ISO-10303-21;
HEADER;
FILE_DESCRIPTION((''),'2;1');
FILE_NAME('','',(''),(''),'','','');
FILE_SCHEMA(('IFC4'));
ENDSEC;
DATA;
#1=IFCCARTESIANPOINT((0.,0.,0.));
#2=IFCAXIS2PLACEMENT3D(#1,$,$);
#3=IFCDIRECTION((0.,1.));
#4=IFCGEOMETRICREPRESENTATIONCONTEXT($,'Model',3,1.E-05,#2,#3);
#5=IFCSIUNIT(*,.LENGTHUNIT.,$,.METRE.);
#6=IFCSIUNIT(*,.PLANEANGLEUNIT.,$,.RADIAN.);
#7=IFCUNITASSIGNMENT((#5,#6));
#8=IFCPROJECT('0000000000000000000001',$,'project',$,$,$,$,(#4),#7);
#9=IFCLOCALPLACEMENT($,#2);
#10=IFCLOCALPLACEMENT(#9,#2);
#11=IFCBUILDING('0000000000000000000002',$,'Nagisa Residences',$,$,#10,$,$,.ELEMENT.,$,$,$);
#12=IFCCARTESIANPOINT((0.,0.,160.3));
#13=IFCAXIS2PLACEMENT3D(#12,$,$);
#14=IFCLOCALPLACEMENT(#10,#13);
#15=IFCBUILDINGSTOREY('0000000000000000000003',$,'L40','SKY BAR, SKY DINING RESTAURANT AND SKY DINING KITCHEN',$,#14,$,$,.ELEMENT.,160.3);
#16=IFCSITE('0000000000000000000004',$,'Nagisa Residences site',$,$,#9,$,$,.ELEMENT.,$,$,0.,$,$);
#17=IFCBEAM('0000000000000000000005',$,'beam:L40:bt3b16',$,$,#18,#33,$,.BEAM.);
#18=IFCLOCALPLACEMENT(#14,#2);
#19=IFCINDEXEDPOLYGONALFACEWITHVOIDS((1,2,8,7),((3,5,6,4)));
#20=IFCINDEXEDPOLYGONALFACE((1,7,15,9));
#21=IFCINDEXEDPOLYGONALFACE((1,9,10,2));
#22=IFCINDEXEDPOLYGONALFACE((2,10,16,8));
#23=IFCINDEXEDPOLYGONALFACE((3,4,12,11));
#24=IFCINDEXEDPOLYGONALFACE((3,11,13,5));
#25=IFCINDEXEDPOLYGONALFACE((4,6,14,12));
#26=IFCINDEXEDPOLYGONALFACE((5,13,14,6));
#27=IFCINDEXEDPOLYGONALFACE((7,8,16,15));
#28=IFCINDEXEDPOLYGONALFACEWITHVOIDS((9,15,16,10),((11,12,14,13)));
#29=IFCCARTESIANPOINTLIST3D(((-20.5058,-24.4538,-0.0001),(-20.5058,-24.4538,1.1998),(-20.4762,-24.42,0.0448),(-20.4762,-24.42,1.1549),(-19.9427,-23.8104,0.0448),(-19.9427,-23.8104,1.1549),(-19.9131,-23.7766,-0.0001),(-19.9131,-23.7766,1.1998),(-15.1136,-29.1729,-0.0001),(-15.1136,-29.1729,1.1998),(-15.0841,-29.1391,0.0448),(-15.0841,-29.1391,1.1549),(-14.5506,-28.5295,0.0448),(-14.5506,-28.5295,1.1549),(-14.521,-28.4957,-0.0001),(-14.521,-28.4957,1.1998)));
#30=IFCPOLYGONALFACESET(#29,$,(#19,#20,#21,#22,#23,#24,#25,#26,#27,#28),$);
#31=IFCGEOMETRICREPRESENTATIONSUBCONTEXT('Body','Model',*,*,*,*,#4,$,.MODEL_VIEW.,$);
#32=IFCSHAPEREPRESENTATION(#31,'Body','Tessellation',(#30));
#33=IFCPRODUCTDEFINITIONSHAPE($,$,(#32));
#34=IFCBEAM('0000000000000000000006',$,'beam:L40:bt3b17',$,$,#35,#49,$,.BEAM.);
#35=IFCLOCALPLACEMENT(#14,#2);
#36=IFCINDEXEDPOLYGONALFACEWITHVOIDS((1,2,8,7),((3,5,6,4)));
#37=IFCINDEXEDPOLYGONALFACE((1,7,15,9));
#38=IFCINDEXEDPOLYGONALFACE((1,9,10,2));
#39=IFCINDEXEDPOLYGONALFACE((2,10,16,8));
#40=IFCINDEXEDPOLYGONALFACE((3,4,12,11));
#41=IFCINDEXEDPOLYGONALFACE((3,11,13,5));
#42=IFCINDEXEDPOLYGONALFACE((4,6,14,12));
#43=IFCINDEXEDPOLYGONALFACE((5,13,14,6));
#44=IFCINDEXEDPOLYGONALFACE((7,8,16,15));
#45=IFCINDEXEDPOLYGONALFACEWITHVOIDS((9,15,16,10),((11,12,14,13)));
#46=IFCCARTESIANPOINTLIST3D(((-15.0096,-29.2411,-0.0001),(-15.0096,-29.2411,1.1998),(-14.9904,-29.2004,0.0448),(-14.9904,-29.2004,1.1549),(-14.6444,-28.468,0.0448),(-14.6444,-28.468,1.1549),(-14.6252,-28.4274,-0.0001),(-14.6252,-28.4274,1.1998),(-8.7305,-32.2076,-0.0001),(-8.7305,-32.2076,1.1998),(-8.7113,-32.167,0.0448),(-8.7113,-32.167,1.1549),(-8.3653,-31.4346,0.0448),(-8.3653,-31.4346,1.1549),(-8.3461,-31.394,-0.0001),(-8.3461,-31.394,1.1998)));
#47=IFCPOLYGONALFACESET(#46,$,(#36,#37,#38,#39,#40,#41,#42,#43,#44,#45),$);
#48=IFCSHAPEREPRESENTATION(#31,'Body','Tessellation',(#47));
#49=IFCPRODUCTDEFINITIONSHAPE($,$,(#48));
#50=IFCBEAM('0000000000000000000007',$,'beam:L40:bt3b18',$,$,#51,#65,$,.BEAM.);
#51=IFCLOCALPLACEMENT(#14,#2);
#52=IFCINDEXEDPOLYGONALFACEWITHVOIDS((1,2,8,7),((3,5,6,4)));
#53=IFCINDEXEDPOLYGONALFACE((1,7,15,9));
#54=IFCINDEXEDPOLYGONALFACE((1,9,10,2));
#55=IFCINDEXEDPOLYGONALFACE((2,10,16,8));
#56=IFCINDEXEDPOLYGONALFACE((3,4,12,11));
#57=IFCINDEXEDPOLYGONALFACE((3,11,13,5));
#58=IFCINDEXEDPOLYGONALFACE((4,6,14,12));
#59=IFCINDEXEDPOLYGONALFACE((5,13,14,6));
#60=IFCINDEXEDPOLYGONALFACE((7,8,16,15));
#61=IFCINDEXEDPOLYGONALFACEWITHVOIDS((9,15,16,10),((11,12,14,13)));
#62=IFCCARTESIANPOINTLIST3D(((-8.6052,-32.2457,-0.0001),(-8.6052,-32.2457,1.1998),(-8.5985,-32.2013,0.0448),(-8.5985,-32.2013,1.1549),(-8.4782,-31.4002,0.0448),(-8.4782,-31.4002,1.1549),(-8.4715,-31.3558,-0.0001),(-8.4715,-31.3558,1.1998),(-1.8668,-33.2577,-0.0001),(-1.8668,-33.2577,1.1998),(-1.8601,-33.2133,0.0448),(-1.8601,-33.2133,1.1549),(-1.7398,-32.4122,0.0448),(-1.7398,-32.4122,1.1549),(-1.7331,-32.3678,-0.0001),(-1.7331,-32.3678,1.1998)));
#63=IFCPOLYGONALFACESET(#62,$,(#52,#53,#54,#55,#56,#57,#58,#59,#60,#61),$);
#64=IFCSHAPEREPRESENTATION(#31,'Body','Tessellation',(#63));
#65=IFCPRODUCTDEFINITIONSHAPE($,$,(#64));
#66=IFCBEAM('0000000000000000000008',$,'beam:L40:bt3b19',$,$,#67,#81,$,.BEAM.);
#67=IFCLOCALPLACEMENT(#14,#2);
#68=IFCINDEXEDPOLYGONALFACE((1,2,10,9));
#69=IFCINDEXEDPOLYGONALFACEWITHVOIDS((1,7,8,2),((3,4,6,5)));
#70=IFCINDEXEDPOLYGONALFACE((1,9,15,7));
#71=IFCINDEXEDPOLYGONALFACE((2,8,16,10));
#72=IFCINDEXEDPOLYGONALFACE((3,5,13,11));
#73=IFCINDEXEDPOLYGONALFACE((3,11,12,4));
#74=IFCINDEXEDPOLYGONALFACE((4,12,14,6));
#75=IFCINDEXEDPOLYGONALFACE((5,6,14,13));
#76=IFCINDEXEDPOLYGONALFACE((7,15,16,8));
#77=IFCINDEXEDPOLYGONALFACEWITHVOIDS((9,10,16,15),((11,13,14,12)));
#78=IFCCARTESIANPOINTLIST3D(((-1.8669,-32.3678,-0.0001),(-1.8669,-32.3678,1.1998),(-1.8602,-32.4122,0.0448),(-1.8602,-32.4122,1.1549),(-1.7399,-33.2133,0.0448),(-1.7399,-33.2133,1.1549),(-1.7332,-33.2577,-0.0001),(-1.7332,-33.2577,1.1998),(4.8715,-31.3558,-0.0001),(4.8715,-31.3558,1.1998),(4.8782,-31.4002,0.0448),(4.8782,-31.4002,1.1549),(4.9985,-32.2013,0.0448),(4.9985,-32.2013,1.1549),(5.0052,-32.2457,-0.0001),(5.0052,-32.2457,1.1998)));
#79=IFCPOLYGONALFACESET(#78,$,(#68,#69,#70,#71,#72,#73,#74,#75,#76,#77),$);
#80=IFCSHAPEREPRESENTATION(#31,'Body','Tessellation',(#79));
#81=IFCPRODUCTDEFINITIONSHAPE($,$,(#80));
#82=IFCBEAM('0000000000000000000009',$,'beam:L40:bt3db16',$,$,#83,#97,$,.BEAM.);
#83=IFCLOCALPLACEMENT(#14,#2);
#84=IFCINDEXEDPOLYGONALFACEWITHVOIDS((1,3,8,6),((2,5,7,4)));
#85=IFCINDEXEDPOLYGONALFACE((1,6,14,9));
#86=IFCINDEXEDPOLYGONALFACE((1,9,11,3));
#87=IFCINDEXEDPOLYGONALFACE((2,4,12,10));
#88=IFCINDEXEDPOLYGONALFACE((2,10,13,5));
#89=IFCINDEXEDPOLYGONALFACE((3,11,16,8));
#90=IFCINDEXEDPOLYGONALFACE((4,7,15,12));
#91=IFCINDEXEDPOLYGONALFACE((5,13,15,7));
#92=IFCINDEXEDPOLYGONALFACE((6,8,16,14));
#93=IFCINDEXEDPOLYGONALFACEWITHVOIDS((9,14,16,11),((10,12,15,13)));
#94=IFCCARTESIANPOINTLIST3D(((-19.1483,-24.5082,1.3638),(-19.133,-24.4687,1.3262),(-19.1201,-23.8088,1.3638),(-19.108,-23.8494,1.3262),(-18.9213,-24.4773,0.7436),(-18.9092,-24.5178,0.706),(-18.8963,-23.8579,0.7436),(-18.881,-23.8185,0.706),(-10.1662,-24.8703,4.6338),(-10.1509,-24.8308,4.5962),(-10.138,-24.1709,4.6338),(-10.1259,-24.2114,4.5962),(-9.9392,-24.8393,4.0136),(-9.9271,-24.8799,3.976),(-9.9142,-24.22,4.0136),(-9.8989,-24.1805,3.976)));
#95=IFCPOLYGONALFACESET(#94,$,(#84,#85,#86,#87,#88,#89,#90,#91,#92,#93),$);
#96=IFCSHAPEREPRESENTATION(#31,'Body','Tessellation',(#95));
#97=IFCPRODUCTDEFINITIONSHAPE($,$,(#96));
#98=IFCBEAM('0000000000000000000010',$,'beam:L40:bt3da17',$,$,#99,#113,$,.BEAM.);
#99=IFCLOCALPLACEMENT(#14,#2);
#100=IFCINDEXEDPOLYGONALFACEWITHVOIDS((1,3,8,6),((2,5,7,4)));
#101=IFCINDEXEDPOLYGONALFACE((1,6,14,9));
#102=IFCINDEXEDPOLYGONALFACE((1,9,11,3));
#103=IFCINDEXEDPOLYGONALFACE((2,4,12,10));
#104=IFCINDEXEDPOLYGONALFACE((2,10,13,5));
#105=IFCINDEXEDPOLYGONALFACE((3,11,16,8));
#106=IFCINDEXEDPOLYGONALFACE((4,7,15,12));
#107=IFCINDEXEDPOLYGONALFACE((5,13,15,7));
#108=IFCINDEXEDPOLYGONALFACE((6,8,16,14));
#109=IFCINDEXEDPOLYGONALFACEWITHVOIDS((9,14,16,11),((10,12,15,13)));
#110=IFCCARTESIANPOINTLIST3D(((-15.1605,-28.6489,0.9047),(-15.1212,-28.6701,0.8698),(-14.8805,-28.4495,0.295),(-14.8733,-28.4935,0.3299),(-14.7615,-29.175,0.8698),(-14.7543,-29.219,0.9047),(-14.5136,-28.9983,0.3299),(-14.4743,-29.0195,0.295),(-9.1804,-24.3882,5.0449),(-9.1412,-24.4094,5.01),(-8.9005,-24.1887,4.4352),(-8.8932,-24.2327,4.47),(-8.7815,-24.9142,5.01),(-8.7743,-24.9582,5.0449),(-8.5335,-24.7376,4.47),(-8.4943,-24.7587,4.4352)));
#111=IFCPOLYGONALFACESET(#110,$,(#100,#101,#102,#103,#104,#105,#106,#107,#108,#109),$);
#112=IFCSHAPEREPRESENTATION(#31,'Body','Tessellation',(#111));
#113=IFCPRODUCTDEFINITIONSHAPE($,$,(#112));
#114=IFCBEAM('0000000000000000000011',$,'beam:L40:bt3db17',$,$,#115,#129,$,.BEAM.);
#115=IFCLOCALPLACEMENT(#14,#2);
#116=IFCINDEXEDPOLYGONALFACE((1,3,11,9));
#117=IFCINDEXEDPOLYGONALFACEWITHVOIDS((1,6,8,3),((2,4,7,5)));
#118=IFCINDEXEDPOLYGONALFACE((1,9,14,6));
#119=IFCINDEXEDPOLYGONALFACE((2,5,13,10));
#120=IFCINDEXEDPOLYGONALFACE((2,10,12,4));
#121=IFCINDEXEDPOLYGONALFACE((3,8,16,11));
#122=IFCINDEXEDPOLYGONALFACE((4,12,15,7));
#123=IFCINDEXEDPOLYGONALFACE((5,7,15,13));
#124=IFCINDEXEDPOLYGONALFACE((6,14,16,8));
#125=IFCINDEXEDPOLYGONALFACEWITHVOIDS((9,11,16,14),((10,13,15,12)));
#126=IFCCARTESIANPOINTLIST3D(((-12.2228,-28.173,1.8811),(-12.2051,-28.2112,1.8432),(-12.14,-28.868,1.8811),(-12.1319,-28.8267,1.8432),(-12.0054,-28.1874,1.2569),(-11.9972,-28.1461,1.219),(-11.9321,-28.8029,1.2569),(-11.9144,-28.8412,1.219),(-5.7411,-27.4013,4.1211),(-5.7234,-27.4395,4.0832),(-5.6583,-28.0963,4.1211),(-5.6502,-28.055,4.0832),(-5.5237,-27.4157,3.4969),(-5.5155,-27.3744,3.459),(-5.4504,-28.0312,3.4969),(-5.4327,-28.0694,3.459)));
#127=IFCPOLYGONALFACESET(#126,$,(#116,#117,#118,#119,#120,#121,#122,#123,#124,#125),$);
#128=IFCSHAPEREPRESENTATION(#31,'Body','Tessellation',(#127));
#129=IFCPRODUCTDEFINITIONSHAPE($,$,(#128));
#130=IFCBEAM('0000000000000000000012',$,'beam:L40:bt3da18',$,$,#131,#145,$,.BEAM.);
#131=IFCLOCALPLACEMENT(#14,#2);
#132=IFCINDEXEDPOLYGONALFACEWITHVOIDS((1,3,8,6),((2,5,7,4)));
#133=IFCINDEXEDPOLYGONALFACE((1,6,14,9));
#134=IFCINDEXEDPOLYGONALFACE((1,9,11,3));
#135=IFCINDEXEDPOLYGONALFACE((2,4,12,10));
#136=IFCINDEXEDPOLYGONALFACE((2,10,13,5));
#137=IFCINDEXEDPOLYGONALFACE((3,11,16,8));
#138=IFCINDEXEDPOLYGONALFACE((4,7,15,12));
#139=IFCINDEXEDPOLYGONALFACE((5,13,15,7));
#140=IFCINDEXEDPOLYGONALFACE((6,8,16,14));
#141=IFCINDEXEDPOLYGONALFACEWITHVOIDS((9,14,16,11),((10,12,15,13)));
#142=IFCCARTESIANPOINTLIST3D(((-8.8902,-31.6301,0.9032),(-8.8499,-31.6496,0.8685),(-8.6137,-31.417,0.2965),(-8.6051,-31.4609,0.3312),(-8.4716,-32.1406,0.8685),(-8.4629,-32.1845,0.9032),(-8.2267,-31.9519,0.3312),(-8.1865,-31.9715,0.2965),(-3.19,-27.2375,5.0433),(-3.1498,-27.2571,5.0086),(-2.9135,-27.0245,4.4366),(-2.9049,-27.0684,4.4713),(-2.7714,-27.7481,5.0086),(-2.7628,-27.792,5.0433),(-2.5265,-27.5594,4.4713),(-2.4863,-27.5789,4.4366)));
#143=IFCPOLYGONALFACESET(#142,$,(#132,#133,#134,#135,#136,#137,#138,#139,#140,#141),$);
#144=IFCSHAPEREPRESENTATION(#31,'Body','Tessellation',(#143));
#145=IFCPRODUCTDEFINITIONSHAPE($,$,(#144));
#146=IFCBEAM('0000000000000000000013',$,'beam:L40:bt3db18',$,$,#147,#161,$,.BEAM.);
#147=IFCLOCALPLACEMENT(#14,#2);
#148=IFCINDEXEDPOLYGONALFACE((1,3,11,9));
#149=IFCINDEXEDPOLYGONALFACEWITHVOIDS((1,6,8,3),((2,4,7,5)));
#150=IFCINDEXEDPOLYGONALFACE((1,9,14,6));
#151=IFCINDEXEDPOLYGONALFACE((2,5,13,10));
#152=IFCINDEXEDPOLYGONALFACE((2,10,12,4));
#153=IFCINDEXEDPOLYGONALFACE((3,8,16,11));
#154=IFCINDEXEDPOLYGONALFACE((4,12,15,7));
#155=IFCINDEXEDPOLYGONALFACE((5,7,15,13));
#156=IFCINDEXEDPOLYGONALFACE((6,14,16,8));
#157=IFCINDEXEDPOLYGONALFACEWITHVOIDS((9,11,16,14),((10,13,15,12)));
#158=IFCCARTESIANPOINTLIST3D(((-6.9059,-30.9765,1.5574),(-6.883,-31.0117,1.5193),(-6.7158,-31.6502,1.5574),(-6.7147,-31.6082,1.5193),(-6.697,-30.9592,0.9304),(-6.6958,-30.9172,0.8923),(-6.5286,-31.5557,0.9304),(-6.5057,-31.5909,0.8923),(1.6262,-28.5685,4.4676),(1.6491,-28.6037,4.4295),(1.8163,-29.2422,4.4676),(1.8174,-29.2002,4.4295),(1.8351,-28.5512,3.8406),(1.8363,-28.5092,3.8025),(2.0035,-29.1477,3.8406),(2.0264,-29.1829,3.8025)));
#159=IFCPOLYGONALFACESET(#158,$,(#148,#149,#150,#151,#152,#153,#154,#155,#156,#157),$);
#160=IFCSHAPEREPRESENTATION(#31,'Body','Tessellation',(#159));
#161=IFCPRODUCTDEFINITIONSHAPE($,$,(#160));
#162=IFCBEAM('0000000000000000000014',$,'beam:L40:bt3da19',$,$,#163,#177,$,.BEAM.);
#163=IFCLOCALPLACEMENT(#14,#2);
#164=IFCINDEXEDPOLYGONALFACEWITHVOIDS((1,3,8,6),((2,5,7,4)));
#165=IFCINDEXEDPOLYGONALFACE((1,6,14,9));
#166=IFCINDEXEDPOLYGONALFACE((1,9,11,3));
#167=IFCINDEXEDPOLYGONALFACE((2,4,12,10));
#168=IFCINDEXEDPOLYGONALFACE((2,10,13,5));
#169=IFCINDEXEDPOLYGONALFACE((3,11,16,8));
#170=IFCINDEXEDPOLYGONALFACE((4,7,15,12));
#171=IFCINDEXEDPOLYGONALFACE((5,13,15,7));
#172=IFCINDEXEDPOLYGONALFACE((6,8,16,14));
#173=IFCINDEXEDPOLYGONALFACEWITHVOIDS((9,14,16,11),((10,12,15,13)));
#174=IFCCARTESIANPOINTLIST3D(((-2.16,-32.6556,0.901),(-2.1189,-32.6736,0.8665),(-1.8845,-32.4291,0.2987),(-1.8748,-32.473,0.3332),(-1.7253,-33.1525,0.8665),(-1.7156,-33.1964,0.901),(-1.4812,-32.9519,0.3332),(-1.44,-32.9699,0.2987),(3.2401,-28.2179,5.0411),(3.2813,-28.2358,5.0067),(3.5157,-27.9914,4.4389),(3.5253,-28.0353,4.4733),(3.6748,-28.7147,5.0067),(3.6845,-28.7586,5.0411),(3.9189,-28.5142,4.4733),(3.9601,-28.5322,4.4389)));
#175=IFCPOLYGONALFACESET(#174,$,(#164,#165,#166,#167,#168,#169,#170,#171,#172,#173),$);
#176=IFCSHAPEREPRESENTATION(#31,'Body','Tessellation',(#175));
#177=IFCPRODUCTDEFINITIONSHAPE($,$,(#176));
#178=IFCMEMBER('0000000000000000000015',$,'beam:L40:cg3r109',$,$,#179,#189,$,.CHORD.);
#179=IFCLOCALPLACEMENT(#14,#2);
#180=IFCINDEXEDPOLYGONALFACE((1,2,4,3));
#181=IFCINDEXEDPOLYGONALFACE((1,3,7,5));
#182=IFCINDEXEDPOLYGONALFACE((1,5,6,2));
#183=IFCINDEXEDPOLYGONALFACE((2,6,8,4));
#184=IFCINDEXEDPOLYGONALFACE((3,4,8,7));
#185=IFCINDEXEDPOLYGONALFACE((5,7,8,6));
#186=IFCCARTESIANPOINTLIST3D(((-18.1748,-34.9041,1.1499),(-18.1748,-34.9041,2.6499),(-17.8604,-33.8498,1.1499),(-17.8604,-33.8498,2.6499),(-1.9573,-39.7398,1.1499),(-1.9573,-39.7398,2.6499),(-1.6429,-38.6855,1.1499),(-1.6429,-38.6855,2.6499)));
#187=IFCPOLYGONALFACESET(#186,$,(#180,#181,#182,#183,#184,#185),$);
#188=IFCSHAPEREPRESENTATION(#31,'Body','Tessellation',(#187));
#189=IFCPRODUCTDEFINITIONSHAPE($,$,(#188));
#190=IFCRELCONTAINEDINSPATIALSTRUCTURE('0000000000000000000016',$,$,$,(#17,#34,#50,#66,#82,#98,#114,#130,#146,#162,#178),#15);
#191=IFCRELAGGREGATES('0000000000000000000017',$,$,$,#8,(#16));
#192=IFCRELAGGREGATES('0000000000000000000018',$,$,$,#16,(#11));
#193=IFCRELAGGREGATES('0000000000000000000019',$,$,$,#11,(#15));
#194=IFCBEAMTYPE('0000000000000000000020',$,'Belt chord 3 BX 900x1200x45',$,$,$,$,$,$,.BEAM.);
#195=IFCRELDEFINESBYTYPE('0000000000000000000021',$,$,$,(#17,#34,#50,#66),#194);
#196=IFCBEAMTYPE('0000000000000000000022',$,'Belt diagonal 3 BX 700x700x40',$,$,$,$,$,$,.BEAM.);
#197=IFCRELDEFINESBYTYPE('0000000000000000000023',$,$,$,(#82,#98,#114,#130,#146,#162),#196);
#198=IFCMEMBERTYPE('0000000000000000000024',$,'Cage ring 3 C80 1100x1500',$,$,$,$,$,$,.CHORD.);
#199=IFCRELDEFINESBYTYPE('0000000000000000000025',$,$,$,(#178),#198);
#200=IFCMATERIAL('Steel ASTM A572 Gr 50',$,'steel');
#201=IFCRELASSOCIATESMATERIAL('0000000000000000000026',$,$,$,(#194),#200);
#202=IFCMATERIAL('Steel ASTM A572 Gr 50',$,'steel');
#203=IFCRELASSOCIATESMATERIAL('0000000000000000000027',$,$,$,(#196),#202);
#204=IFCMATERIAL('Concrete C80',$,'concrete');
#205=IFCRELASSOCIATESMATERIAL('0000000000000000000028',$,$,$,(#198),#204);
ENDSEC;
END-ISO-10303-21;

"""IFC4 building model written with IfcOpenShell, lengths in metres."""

from ifc_helpers import new_model, si_unit, direction, frame, origin, origin_2d, place, context, subcontext, project, spatial, rectangle, hollow_rectangle, extrude, material, material_profile, profile_set, type_object, element, save


model = new_model("IFC4")

# Units and contexts
model_context = context("Model", 3, precision=1e-05, world=origin(), true_north=direction((0.0, 1.0)))
body_context = subcontext(model_context, "Body", "Model", "MODEL_VIEW")
ifc_project = project(units=[si_unit("LENGTHUNIT", "METRE"), si_unit("PLANEANGLEUNIT", "RADIAN")], contexts=[model_context])

# Site, building, storey
site_placement = place(None, origin())
site = spatial("IfcSite", under=ifc_project, at=site_placement, Name="Nagisa Residences site", CompositionType="ELEMENT", RefElevation=0.0)
building_placement = place(site_placement, origin())
building = spatial("IfcBuilding", under=site, at=building_placement, Name="Nagisa Residences", CompositionType="ELEMENT")
storey_placement = place(building_placement, frame((0.0, 0.0, 160.3)))
storey = spatial("IfcBuildingStorey", under=building, at=storey_placement, Name="L40", Description="SKY BAR, SKY DINING RESTAURANT AND SKY DINING KITCHEN", CompositionType="ELEMENT", Elevation=160.3)

# Beams
ifc_material_1 = material(Name="Steel ASTM A572 Gr 50", Category="steel")
ifc_material_profile_1 = material_profile(ifc_material_1, hollow_rectangle(XDim=0.8999, YDim=1.2, WallThickness=0.0449, at=origin_2d()), Name="BX 900x1200x45")
ifc_profile_set_1 = profile_set([ifc_material_profile_1], Name="Steel ASTM A572 Gr 50")
beam_type_1 = type_object("IfcBeamType", Name="Belt chord 3 BX 900x1200x45", PredefinedType="BEAM", material=ifc_profile_set_1)
beam_1_placement = place(storey_placement, frame((-20.2095, -24.1152, 0.5999), z_axis=(0.752513, -0.658577, 0.0), x_axis=(0.658577, 0.752513, 0.0)))
element("IfcBeam", 1, at=beam_1_placement, inside=storey, type_object=beam_type_1, Name="beam:L40:bt3b16", PredefinedType="BEAM", context=body_context, shape_type="SweptSolid", body=[
    extrude(hollow_rectangle(XDim=0.8999, YDim=1.2, WallThickness=0.0449, at=origin_2d()), origin(), (0.0, 0.0, 1.0), 7.1655),
])
beam_2_placement = place(storey_placement, frame((-14.8174, -28.8342, 0.5999), z_axis=(0.904168, -0.427176, 0.0), x_axis=(0.427176, 0.904168, 0.0)))
element("IfcBeam", 2, at=beam_2_placement, inside=storey, type_object=beam_type_1, Name="beam:L40:bt3b17", PredefinedType="BEAM", context=body_context, shape_type="SweptSolid", body=[
    extrude(hollow_rectangle(XDim=0.8999, YDim=1.2, WallThickness=0.0449, at=origin_2d()), origin(), (0.0, 0.0, 1.0), 6.9446),
])
for number, where, z_axis, x_axis, name in (
    (3, (-8.5383, -31.8008, 0.5999), (0.98891, -0.148516, 0.0), (0.148516, 0.98891, 0.0), "beam:L40:bt3b18"),
    (4, (-1.8, -32.8127, 0.5999), (0.98891, 0.148516, 0.0), (-0.148516, 0.98891, 0.0), "beam:L40:bt3b19"),
):
    element("IfcBeam", number, at=place(storey_placement, frame(where, z_axis=z_axis, x_axis=x_axis)), inside=storey, type_object=beam_type_1, Name=name, PredefinedType="BEAM", context=body_context, shape_type="SweptSolid", body=[
        extrude(hollow_rectangle(XDim=0.8999, YDim=1.2, WallThickness=0.0449, at=origin_2d()), origin(), (0.0, 0.0, 1.0), 6.814),
    ])
ifc_material_2 = material(Name="Steel ASTM A572 Gr 50", Category="steel")
ifc_material_profile_2 = material_profile(ifc_material_2, hollow_rectangle(XDim=0.7, YDim=0.7, WallThickness=0.04, at=origin_2d()), Name="BX 700x700x40")
ifc_profile_set_2 = profile_set([ifc_material_profile_2], Name="Steel ASTM A572 Gr 50")
beam_type_2 = type_object("IfcBeamType", Name="Belt diagonal 3 BX 700x700x40", PredefinedType="BEAM", material=ifc_profile_set_2)
beam_3_placement = place(storey_placement, frame((-19.0146, -24.1633, 1.0349), z_axis=(0.938993, -0.03785, 0.341847), x_axis=(0.040276, 0.999189, 0.0)))
element("IfcBeam", 5, at=beam_3_placement, inside=storey, type_object=beam_type_2, Name="beam:L40:bt3db16", PredefinedType="BEAM", context=body_context, shape_type="SweptSolid", body=[
    extrude(hollow_rectangle(XDim=0.7, YDim=0.7, WallThickness=0.04, at=origin_2d()), origin(), (0.0, 0.0, 1.0), 9.5657),
])
beam_4_placement = place(storey_placement, frame((-14.8174, -28.8342, 0.5999), z_axis=(0.709419, 0.505462, 0.491154), x_axis=(-0.580275, 0.81442, 0.0)))
element("IfcBeam", 6, at=beam_4_placement, inside=storey, type_object=beam_type_2, Name="beam:L40:bt3da17", PredefinedType="BEAM", context=body_context, shape_type="SweptSolid", body=[
    extrude(hollow_rectangle(XDim=0.7, YDim=0.7, WallThickness=0.04, at=origin_2d()), origin(), (0.0, 0.0, 1.0), 8.4294),
])
beam_5_placement = place(storey_placement, frame((-12.0686, -28.5071, 1.55), z_axis=(0.939223, 0.111827, 0.324584), x_axis=(-0.118228, 0.992986, 0.0)))
element("IfcBeam", 7, at=beam_5_placement, inside=storey, type_object=beam_type_2, Name="beam:L40:bt3db17", PredefinedType="BEAM", context=body_context, shape_type="SweptSolid", body=[
    extrude(hollow_rectangle(XDim=0.7, YDim=0.7, WallThickness=0.04, at=origin_2d()), origin(), (0.0, 0.0, 1.0), 6.9011),
])
beam_6_placement = place(storey_placement, frame((-8.5383, -31.8008, 0.5999), z_axis=(0.686583, 0.529082, 0.498675), x_axis=(-0.610393, 0.792099, 0.0)))
element("IfcBeam", 8, at=beam_6_placement, inside=storey, type_object=beam_type_2, Name="beam:L40:bt3da18", PredefinedType="BEAM", context=body_context, shape_type="SweptSolid", body=[
    extrude(hollow_rectangle(XDim=0.7, YDim=0.7, WallThickness=0.04, at=origin_2d()), origin(), (0.0, 0.0, 1.0), 8.3022),
])
beam_7_placement = place(storey_placement, frame((-6.7058, -31.2837, 1.2249), z_axis=(0.914399, 0.258068, 0.31189), x_axis=(-0.271617, 0.962405, 0.0)))
element("IfcBeam", 9, at=beam_7_placement, inside=storey, type_object=beam_type_2, Name="beam:L40:bt3db18", PredefinedType="BEAM", context=body_context, shape_type="SweptSolid", body=[
    extrude(hollow_rectangle(XDim=0.7, YDim=0.7, WallThickness=0.04, at=origin_2d()), origin(), (0.0, 0.0, 1.0), 9.3308),
])
beam_8_placement = place(storey_placement, frame((-1.8, -32.8127, 0.5999), z_axis=(0.664733, 0.546266, 0.509631), x_axis=(-0.634903, 0.772592, 0.0)))
element("IfcBeam", 10, at=beam_8_placement, inside=storey, type_object=beam_type_2, Name="beam:L40:bt3da19", PredefinedType="BEAM", context=body_context, shape_type="SweptSolid", body=[
    extrude(hollow_rectangle(XDim=0.7, YDim=0.7, WallThickness=0.04, at=origin_2d()), origin(), (0.0, 0.0, 1.0), 8.1238),
])

# Member
ifc_material_3 = material(Name="Concrete C80", Category="concrete")
ifc_material_profile_3 = material_profile(ifc_material_3, rectangle(XDim=1.1001, YDim=1.5, at=origin_2d()), Name="C80 1100x1500")
ifc_profile_set_3 = profile_set([ifc_material_profile_3], Name="Concrete C80")
member_type_1 = type_object("IfcMemberType", Name="Cage ring 3 C80 1100x1500", PredefinedType="CHORD", material=ifc_profile_set_3)
for number, where, z_axis, x_axis, name in (
    (11, (-18.0176, -34.377, 1.8999), (0.958306, -0.285745, 0.0), (0.285745, 0.958306, 0.0), "beam:L40:cg3r109"),
):
    element("IfcMember", number, at=place(storey_placement, frame(where, z_axis=z_axis, x_axis=x_axis)), inside=storey, type_object=member_type_1, Name=name, PredefinedType="CHORD", context=body_context, shape_type="SweptSolid", body=[
        extrude(rectangle(XDim=1.1001, YDim=1.5, at=origin_2d()), origin(), (0.0, 0.0, 1.0), 16.9231),
    ])

save(model, "model.ifc")
